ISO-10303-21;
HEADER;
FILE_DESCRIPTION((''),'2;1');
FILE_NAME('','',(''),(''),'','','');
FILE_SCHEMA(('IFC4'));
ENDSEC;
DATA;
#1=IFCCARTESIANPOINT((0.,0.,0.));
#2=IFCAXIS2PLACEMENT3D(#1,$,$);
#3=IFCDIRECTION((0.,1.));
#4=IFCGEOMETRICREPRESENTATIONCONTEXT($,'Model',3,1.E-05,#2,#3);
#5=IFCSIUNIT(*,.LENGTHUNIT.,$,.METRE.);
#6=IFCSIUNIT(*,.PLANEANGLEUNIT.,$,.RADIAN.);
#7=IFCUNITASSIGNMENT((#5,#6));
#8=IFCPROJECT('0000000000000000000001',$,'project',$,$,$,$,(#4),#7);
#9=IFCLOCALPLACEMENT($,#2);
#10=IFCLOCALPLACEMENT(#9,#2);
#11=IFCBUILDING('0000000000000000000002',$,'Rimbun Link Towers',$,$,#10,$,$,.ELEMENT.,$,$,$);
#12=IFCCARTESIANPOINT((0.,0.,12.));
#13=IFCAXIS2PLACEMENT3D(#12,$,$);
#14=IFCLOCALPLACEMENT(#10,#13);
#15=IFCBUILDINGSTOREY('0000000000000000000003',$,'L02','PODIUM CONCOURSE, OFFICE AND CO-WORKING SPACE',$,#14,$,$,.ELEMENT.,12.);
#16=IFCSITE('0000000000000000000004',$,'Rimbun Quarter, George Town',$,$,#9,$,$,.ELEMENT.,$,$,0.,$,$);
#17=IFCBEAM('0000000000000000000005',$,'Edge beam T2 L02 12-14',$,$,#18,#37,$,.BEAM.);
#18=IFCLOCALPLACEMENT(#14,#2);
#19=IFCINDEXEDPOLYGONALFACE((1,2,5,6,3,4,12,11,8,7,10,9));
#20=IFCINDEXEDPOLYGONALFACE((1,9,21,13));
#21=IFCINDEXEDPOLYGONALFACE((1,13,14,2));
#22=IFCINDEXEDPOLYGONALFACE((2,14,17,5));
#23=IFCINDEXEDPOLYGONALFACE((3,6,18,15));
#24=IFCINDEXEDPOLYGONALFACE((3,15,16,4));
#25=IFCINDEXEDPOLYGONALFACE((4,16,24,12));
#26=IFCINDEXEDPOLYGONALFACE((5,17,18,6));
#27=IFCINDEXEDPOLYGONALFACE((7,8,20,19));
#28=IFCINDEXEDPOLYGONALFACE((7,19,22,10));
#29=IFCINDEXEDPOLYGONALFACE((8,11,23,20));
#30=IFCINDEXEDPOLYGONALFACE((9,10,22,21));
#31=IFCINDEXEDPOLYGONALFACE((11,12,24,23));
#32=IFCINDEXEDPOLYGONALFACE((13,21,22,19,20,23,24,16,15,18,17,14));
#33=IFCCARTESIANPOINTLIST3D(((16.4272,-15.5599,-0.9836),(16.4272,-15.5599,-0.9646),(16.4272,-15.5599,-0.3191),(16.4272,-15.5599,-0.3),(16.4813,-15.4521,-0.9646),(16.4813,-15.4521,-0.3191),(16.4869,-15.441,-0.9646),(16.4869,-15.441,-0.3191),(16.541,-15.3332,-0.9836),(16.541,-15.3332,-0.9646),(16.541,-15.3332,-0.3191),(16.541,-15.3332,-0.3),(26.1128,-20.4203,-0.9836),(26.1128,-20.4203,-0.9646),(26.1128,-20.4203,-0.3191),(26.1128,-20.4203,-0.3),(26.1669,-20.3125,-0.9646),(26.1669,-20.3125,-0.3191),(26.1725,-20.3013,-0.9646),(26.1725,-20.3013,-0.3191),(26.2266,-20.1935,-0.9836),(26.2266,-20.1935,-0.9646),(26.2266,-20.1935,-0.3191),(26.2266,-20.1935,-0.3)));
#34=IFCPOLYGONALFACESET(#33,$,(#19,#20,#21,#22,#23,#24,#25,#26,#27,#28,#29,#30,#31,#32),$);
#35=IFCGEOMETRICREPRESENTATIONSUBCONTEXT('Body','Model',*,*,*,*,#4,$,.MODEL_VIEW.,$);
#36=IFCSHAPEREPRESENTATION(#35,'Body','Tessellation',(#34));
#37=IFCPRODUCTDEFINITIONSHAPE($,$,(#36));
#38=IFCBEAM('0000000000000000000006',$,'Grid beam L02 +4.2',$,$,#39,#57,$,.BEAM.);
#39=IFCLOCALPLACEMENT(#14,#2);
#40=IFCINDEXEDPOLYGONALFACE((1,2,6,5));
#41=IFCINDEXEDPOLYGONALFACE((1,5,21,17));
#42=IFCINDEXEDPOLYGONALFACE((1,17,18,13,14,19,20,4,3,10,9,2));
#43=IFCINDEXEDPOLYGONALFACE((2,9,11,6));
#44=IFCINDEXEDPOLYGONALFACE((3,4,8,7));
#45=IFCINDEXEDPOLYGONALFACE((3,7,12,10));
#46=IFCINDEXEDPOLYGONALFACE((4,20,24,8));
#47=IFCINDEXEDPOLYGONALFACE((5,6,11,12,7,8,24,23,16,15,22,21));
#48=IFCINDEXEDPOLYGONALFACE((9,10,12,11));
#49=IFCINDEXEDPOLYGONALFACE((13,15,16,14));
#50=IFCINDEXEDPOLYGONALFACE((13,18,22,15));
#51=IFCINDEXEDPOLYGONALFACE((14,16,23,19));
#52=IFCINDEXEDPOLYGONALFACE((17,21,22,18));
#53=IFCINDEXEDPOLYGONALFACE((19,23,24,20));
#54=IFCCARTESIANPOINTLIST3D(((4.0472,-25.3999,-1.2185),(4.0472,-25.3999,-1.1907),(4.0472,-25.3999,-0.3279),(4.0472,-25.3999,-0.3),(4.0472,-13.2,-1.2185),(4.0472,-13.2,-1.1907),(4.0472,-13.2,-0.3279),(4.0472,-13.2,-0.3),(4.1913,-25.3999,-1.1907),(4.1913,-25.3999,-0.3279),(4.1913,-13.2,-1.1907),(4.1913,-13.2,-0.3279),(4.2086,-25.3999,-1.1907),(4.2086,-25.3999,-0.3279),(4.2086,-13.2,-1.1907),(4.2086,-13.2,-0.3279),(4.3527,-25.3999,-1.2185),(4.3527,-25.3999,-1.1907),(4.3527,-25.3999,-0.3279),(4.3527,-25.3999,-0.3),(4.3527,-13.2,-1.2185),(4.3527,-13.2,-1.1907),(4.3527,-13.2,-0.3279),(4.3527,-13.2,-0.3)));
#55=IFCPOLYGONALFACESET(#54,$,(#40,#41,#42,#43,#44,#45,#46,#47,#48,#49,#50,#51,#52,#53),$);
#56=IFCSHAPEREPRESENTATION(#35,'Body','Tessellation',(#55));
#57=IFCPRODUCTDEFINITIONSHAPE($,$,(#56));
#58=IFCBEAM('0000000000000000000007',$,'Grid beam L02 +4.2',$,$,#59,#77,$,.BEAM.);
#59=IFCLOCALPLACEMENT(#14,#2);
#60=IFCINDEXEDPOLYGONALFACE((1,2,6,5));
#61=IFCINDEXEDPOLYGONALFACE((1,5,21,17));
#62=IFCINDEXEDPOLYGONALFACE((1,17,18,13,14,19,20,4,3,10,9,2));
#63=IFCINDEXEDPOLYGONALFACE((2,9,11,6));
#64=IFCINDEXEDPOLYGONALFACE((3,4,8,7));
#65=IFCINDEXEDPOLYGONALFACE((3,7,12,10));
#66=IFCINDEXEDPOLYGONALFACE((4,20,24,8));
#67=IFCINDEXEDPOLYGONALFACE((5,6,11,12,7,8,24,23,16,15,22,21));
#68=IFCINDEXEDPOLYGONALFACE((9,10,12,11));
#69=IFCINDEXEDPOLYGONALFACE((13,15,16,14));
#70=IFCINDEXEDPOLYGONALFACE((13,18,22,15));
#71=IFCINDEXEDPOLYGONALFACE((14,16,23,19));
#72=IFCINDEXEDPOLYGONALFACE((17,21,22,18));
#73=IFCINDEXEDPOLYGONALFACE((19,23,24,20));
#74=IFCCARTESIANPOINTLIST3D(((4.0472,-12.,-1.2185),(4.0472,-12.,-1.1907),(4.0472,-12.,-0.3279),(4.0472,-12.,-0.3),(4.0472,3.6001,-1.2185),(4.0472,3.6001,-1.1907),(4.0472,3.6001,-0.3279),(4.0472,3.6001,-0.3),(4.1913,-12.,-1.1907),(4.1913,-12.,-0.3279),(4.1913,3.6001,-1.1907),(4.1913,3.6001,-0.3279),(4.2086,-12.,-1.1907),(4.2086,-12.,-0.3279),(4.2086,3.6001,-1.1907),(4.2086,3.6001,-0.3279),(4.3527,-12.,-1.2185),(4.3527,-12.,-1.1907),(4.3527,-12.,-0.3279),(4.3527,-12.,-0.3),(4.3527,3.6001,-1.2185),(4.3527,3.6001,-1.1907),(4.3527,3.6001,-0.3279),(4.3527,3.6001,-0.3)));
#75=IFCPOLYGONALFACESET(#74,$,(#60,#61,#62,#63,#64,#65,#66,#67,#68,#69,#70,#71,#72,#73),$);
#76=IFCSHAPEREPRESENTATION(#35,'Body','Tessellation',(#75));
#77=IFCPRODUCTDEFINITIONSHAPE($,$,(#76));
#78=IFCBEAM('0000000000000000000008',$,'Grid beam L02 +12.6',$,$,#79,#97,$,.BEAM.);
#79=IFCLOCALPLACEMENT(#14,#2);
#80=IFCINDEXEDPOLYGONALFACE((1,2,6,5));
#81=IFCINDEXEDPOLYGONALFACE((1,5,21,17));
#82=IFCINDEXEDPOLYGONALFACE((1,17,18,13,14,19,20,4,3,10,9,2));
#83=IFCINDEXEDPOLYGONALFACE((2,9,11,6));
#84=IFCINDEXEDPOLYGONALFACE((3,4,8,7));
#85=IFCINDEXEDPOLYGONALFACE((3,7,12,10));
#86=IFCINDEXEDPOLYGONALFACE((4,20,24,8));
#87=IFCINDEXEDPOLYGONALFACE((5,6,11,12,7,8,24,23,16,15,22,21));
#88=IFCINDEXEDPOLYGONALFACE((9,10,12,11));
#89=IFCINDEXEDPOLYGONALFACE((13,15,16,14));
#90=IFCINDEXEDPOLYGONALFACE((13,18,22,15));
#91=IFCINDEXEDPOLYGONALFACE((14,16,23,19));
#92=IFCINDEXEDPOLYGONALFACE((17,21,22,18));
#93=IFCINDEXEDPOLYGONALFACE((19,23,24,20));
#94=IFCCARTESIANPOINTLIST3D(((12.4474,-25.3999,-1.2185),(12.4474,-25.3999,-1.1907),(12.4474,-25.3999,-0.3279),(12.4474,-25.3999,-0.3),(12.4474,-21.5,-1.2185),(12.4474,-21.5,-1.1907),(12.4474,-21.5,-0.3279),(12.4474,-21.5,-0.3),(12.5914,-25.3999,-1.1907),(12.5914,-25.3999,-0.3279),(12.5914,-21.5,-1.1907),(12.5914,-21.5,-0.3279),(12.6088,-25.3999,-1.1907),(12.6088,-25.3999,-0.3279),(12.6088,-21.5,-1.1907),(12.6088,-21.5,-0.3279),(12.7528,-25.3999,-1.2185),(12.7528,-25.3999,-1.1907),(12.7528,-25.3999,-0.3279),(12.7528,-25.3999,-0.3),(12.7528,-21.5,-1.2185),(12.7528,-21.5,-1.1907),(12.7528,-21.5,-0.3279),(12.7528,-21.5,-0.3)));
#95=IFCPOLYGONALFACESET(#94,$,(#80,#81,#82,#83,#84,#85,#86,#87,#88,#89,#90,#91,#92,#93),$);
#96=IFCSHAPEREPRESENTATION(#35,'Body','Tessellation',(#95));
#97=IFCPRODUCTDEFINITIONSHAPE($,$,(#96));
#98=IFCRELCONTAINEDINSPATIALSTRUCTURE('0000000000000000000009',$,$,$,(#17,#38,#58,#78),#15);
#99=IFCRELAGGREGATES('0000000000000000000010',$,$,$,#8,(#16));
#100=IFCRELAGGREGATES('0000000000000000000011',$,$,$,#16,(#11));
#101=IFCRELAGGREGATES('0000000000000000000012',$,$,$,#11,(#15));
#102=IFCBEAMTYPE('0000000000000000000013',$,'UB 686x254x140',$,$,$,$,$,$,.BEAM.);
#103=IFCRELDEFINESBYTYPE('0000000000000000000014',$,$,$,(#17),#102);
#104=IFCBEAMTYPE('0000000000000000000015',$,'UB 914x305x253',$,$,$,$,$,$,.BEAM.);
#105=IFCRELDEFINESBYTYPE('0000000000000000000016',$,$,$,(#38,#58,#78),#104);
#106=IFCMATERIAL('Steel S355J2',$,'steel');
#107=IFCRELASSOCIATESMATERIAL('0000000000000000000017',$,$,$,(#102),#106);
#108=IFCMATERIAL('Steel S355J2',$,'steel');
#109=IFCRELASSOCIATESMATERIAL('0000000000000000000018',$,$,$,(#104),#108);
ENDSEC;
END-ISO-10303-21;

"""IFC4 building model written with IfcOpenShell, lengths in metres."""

from ifc_helpers import new_model, si_unit, direction, frame, origin, origin_2d, place, context, subcontext, project, spatial, i_section, extrude, material, material_profile, profile_set, type_object, element, save


model = new_model("IFC4")

# Units and contexts
model_context = context("Model", 3, precision=1e-05, world=origin(), true_north=direction((0.0, 1.0)))
body_context = subcontext(model_context, "Body", "Model", "MODEL_VIEW")
ifc_project = project(units=[si_unit("LENGTHUNIT", "METRE"), si_unit("PLANEANGLEUNIT", "RADIAN")], contexts=[model_context])

# Site, building, storey
site_placement = place(None, origin())
site = spatial("IfcSite", under=ifc_project, at=site_placement, Name="Rimbun Quarter, George Town", CompositionType="ELEMENT", RefElevation=0.0)
building_placement = place(site_placement, origin())
building = spatial("IfcBuilding", under=site, at=building_placement, Name="Rimbun Link Towers", CompositionType="ELEMENT")
storey_placement = place(building_placement, frame((0.0, 0.0, 12.0)))
storey = spatial("IfcBuildingStorey", under=building, at=storey_placement, Name="L02", Description="PODIUM CONCOURSE, OFFICE AND CO-WORKING SPACE", CompositionType="ELEMENT", Elevation=12.0)

# Beams
ifc_material_1 = material(Name="Steel S355J2", Category="steel")
ifc_material_profile_1 = material_profile(ifc_material_1, i_section(OverallWidth=0.2537, OverallDepth=0.6836, WebThickness=0.0125, FlangeThickness=0.019, at=origin_2d()), Name="UB 686x254x140")
ifc_profile_set_1 = profile_set([ifc_material_profile_1], Name="Steel S355J2")
beam_type_1 = type_object("IfcBeamType", Name="UB 686x254x140", PredefinedType="BEAM", material=ifc_profile_set_1)
beam_1_placement = place(storey_placement, frame((16.4841, -15.4465, -0.6418), z_axis=(0.893777, -0.448511, 0.0), x_axis=(0.448511, 0.893777, 0.0)))
element("IfcBeam", 1, at=beam_1_placement, inside=storey, type_object=beam_type_1, Name="Edge beam T2 L02 12-14", PredefinedType="BEAM", context=body_context, shape_type="SweptSolid", body=[
    extrude(i_section(OverallWidth=0.2537, OverallDepth=0.6836, WebThickness=0.0125, FlangeThickness=0.019, at=origin_2d()), origin(), (0.0, 0.0, 1.0), 10.8367),
])
ifc_material_2 = material(Name="Steel S355J2", Category="steel")
ifc_material_profile_2 = material_profile(ifc_material_2, i_section(OverallWidth=0.3054, OverallDepth=0.9185, WebThickness=0.0173, FlangeThickness=0.0278, at=origin_2d()), Name="UB 914x305x253")
ifc_profile_set_2 = profile_set([ifc_material_profile_2], Name="Steel S355J2")
beam_type_2 = type_object("IfcBeamType", Name="UB 914x305x253", PredefinedType="BEAM", material=ifc_profile_set_2)
beam_2_placement = place(storey_placement, frame((4.2, -25.3999, -0.7593), z_axis=(0.0, 1.0, 0.0), x_axis=(-1.0, 0.0, 0.0)))
element("IfcBeam", 2, at=beam_2_placement, inside=storey, type_object=beam_type_2, Name="Grid beam L02 +4.2", PredefinedType="BEAM", context=body_context, shape_type="SweptSolid", body=[
    extrude(i_section(OverallWidth=0.3054, OverallDepth=0.9185, WebThickness=0.0173, FlangeThickness=0.0278, at=origin_2d()), origin(), (0.0, 0.0, 1.0), 12.2),
])
beam_3_placement = place(storey_placement, frame((4.2, -12.0, -0.7593), z_axis=(0.0, 1.0, 0.0), x_axis=(-1.0, 0.0, 0.0)))
element("IfcBeam", 3, at=beam_3_placement, inside=storey, type_object=beam_type_2, Name="Grid beam L02 +4.2", PredefinedType="BEAM", context=body_context, shape_type="SweptSolid", body=[
    extrude(i_section(OverallWidth=0.3054, OverallDepth=0.9185, WebThickness=0.0173, FlangeThickness=0.0278, at=origin_2d()), origin(), (0.0, 0.0, 1.0), 15.6001),
])
beam_4_placement = place(storey_placement, frame((12.6001, -25.3999, -0.7593), z_axis=(0.0, 1.0, 0.0), x_axis=(-1.0, 0.0, 0.0)))
element("IfcBeam", 4, at=beam_4_placement, inside=storey, type_object=beam_type_2, Name="Grid beam L02 +12.6", PredefinedType="BEAM", context=body_context, shape_type="SweptSolid", body=[
    extrude(i_section(OverallWidth=0.3054, OverallDepth=0.9185, WebThickness=0.0173, FlangeThickness=0.0278, at=origin_2d()), origin(), (0.0, 0.0, 1.0), 3.8999),
])

save(model, "model.ifc")
